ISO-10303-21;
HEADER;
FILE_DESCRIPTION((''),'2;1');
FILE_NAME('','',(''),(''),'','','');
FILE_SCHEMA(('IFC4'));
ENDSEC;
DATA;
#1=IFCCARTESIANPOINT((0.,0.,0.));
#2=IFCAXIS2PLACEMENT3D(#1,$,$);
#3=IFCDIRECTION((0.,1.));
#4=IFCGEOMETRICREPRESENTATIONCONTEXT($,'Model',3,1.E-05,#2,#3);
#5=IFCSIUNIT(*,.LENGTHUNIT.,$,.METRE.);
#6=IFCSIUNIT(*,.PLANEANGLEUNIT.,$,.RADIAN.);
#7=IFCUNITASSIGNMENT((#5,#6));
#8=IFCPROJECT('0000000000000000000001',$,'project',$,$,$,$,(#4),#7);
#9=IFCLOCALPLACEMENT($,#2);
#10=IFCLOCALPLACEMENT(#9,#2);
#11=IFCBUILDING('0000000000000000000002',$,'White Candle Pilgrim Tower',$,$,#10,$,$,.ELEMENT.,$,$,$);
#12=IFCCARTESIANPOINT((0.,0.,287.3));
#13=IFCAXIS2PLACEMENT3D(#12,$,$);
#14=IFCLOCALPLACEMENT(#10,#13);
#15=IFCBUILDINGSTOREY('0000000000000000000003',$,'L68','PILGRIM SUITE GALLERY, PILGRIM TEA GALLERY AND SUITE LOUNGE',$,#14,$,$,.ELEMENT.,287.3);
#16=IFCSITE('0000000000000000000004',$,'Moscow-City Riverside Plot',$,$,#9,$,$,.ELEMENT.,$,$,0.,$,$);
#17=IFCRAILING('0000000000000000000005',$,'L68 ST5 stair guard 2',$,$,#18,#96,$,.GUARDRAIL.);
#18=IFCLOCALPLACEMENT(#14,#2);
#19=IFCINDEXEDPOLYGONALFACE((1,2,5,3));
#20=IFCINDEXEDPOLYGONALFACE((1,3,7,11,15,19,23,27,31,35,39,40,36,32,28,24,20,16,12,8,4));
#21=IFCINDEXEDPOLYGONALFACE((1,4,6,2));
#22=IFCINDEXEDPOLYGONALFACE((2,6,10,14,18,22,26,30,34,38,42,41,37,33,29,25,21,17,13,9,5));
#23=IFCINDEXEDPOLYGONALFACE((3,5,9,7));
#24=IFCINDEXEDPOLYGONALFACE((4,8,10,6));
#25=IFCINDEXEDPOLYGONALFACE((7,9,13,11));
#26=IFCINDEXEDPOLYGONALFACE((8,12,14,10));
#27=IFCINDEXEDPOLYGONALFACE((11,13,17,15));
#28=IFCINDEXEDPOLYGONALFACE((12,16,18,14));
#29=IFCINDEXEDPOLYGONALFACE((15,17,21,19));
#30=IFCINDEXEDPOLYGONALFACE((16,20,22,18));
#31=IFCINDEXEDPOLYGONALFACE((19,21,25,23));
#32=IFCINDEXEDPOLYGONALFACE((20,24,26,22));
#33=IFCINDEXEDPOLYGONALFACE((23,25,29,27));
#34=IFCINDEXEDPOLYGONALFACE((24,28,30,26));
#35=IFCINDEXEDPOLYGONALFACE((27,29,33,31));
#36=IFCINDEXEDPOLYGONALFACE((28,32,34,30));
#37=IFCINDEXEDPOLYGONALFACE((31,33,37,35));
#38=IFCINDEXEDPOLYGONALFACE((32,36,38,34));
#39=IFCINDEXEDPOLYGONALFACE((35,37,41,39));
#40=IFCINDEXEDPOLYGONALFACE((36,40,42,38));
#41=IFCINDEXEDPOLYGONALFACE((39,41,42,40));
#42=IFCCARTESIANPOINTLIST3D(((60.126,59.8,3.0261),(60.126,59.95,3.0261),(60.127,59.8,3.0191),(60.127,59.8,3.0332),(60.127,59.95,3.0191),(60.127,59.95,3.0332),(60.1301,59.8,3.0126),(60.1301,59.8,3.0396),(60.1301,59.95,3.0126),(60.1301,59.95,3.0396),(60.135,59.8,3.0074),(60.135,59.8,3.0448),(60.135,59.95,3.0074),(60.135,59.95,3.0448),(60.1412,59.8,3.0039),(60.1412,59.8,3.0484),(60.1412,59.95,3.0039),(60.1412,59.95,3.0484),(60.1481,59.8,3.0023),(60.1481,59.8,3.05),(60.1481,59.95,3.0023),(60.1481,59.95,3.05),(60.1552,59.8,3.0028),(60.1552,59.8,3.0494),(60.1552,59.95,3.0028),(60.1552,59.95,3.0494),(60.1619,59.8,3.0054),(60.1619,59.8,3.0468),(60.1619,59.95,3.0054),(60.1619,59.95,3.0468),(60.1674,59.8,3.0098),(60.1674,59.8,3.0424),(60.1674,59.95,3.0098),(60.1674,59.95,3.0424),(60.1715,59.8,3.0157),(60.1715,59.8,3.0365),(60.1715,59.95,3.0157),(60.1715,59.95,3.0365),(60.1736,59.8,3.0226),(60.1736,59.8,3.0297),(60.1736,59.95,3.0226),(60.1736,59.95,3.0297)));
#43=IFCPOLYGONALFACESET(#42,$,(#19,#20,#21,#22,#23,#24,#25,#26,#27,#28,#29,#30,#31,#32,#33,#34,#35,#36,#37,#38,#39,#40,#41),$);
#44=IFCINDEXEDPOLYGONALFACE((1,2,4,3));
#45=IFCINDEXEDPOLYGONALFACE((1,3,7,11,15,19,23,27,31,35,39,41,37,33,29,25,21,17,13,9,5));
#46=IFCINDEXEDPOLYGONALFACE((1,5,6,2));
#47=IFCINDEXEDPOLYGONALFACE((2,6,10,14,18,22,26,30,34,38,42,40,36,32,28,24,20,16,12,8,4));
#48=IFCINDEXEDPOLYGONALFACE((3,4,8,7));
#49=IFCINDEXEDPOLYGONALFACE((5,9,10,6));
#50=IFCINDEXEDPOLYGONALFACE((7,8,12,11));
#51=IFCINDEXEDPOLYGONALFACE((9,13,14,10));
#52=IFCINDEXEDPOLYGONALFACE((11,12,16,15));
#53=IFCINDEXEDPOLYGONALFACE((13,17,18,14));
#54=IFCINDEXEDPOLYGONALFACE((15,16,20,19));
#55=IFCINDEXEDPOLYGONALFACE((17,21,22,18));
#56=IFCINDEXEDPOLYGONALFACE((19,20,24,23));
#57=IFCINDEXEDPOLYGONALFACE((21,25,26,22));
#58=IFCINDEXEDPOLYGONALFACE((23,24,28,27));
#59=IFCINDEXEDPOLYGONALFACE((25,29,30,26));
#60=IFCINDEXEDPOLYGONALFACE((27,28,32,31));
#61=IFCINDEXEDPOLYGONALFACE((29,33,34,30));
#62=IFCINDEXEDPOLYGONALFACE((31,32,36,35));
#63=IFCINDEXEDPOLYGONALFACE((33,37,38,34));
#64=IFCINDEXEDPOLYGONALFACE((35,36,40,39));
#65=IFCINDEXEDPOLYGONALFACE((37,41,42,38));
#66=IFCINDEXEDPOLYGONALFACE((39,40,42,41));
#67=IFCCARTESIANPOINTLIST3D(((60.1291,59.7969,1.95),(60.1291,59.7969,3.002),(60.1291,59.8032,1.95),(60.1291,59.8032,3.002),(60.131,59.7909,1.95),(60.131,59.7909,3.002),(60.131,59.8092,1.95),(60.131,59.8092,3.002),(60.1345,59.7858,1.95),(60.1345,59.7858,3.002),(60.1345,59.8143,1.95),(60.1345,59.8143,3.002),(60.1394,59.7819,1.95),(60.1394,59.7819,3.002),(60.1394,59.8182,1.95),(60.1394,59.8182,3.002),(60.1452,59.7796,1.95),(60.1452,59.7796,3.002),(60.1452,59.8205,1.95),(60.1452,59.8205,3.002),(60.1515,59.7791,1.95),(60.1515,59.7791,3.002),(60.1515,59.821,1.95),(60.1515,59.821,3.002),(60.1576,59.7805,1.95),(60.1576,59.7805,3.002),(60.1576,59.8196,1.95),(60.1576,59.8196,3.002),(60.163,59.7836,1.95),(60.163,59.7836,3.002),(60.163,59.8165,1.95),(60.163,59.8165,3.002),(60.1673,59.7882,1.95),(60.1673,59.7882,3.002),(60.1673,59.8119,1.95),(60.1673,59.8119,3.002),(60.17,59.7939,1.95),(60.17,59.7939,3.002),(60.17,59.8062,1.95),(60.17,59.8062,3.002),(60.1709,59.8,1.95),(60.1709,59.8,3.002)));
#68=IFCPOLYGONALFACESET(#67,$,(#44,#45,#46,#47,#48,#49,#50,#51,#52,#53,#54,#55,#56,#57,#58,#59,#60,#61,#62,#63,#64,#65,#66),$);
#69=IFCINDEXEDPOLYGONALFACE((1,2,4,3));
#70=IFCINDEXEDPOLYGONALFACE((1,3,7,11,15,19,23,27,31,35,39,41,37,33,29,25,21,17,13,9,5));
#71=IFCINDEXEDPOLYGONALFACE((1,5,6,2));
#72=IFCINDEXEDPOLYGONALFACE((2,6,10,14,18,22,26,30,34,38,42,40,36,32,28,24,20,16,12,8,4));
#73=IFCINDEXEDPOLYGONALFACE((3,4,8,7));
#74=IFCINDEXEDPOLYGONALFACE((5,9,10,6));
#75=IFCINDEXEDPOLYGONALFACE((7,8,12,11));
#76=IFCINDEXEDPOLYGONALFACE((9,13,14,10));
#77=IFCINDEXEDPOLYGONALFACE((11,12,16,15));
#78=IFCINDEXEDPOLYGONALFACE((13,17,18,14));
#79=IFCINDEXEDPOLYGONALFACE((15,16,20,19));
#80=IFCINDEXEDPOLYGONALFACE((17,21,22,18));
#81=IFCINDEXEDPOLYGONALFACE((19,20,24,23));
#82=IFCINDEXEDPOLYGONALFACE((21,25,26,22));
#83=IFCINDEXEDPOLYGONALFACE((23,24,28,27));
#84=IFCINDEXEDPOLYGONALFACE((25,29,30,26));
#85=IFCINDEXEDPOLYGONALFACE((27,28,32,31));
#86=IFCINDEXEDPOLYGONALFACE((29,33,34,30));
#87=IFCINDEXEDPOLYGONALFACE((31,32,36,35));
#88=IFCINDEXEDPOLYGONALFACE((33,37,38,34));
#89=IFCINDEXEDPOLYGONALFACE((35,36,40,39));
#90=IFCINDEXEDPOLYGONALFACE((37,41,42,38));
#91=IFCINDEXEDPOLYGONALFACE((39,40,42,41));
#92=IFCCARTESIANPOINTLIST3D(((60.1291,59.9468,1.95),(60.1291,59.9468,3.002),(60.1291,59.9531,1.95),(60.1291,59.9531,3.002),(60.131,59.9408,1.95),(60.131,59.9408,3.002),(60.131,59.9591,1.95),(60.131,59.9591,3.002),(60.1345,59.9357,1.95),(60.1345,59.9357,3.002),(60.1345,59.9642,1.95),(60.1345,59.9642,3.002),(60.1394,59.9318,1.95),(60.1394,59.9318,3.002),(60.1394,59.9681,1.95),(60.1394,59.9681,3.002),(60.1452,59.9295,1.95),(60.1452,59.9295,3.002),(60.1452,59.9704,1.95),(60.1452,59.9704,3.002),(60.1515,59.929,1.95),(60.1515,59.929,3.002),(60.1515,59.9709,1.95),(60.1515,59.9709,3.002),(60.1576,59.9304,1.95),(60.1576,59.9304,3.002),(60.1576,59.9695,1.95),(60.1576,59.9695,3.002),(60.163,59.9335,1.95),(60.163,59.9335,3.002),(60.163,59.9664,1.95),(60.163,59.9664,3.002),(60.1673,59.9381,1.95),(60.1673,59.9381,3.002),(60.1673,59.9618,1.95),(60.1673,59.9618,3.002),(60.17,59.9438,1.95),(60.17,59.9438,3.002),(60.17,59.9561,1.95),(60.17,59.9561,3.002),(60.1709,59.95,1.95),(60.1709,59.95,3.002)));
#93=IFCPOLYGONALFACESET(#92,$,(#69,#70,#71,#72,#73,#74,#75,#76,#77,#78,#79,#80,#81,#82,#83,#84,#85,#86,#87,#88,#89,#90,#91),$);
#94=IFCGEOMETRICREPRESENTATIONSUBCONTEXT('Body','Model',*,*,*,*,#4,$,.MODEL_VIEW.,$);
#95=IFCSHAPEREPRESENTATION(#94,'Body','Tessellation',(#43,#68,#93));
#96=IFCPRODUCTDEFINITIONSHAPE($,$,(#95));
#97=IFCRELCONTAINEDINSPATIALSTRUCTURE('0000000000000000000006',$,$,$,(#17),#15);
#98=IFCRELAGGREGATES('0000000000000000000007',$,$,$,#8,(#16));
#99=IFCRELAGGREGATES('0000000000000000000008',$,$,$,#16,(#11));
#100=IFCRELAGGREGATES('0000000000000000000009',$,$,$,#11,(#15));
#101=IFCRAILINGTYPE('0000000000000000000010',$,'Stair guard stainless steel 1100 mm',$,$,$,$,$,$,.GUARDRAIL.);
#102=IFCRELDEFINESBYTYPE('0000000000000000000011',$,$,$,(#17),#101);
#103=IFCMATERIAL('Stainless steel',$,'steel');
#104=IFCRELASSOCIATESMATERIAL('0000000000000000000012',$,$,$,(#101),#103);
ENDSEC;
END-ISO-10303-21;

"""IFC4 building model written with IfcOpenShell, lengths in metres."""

from ifc_helpers import new_model, si_unit, direction, frame, origin, origin_2d, place, context, subcontext, project, spatial, circle, extrude, material, type_object, element, save


model = new_model("IFC4")

# Units and contexts
model_context = context("Model", 3, precision=1e-05, world=origin(), true_north=direction((0.0, 1.0)))
body_context = subcontext(model_context, "Body", "Model", "MODEL_VIEW")
ifc_project = project(units=[si_unit("LENGTHUNIT", "METRE"), si_unit("PLANEANGLEUNIT", "RADIAN")], contexts=[model_context])

# Site, building, storey
site_placement = place(None, origin())
site = spatial("IfcSite", under=ifc_project, at=site_placement, Name="Moscow-City Riverside Plot", CompositionType="ELEMENT", RefElevation=0.0)
building_placement = place(site_placement, origin())
building = spatial("IfcBuilding", under=site, at=building_placement, Name="White Candle Pilgrim Tower", CompositionType="ELEMENT")
storey_placement = place(building_placement, frame((0.0, 0.0, 287.3)))
storey = spatial("IfcBuildingStorey", under=building, at=storey_placement, Name="L68", Description="PILGRIM SUITE GALLERY, PILGRIM TEA GALLERY AND SUITE LOUNGE", CompositionType="ELEMENT", Elevation=287.3)

# Railing
ifc_material_1 = material(Name="Stainless steel", Category="steel")
railing_type_1 = type_object("IfcRailingType", Name="Stair guard stainless steel 1100 mm", PredefinedType="GUARDRAIL", material=ifc_material_1)
railing_1_placement = place(storey_placement, frame((60.1499, 59.8, 1.95)))
element("IfcRailing", 1, at=railing_1_placement, inside=storey, type_object=railing_type_1, Name="L68 ST5 stair guard 2", PredefinedType="GUARDRAIL", context=body_context, shape_type="SweptSolid", body=[
    extrude(circle(Radius=0.0239, at=origin_2d()), frame((0.0, 0.0, 1.0762), z_axis=(0.0, 1.0, 0.0), x_axis=(-1.0, 0.0, 0.0)), (0.0, 0.0, 1.0), 0.1499),
    extrude(circle(Radius=0.021, at=origin_2d()), origin(), (0.0, 0.0, 1.0), 1.052),
    extrude(circle(Radius=0.021, at=origin_2d()), frame((0.0, 0.1499, 0.0)), (0.0, 0.0, 1.0), 1.052),
])

save(model, "model.ifc")
